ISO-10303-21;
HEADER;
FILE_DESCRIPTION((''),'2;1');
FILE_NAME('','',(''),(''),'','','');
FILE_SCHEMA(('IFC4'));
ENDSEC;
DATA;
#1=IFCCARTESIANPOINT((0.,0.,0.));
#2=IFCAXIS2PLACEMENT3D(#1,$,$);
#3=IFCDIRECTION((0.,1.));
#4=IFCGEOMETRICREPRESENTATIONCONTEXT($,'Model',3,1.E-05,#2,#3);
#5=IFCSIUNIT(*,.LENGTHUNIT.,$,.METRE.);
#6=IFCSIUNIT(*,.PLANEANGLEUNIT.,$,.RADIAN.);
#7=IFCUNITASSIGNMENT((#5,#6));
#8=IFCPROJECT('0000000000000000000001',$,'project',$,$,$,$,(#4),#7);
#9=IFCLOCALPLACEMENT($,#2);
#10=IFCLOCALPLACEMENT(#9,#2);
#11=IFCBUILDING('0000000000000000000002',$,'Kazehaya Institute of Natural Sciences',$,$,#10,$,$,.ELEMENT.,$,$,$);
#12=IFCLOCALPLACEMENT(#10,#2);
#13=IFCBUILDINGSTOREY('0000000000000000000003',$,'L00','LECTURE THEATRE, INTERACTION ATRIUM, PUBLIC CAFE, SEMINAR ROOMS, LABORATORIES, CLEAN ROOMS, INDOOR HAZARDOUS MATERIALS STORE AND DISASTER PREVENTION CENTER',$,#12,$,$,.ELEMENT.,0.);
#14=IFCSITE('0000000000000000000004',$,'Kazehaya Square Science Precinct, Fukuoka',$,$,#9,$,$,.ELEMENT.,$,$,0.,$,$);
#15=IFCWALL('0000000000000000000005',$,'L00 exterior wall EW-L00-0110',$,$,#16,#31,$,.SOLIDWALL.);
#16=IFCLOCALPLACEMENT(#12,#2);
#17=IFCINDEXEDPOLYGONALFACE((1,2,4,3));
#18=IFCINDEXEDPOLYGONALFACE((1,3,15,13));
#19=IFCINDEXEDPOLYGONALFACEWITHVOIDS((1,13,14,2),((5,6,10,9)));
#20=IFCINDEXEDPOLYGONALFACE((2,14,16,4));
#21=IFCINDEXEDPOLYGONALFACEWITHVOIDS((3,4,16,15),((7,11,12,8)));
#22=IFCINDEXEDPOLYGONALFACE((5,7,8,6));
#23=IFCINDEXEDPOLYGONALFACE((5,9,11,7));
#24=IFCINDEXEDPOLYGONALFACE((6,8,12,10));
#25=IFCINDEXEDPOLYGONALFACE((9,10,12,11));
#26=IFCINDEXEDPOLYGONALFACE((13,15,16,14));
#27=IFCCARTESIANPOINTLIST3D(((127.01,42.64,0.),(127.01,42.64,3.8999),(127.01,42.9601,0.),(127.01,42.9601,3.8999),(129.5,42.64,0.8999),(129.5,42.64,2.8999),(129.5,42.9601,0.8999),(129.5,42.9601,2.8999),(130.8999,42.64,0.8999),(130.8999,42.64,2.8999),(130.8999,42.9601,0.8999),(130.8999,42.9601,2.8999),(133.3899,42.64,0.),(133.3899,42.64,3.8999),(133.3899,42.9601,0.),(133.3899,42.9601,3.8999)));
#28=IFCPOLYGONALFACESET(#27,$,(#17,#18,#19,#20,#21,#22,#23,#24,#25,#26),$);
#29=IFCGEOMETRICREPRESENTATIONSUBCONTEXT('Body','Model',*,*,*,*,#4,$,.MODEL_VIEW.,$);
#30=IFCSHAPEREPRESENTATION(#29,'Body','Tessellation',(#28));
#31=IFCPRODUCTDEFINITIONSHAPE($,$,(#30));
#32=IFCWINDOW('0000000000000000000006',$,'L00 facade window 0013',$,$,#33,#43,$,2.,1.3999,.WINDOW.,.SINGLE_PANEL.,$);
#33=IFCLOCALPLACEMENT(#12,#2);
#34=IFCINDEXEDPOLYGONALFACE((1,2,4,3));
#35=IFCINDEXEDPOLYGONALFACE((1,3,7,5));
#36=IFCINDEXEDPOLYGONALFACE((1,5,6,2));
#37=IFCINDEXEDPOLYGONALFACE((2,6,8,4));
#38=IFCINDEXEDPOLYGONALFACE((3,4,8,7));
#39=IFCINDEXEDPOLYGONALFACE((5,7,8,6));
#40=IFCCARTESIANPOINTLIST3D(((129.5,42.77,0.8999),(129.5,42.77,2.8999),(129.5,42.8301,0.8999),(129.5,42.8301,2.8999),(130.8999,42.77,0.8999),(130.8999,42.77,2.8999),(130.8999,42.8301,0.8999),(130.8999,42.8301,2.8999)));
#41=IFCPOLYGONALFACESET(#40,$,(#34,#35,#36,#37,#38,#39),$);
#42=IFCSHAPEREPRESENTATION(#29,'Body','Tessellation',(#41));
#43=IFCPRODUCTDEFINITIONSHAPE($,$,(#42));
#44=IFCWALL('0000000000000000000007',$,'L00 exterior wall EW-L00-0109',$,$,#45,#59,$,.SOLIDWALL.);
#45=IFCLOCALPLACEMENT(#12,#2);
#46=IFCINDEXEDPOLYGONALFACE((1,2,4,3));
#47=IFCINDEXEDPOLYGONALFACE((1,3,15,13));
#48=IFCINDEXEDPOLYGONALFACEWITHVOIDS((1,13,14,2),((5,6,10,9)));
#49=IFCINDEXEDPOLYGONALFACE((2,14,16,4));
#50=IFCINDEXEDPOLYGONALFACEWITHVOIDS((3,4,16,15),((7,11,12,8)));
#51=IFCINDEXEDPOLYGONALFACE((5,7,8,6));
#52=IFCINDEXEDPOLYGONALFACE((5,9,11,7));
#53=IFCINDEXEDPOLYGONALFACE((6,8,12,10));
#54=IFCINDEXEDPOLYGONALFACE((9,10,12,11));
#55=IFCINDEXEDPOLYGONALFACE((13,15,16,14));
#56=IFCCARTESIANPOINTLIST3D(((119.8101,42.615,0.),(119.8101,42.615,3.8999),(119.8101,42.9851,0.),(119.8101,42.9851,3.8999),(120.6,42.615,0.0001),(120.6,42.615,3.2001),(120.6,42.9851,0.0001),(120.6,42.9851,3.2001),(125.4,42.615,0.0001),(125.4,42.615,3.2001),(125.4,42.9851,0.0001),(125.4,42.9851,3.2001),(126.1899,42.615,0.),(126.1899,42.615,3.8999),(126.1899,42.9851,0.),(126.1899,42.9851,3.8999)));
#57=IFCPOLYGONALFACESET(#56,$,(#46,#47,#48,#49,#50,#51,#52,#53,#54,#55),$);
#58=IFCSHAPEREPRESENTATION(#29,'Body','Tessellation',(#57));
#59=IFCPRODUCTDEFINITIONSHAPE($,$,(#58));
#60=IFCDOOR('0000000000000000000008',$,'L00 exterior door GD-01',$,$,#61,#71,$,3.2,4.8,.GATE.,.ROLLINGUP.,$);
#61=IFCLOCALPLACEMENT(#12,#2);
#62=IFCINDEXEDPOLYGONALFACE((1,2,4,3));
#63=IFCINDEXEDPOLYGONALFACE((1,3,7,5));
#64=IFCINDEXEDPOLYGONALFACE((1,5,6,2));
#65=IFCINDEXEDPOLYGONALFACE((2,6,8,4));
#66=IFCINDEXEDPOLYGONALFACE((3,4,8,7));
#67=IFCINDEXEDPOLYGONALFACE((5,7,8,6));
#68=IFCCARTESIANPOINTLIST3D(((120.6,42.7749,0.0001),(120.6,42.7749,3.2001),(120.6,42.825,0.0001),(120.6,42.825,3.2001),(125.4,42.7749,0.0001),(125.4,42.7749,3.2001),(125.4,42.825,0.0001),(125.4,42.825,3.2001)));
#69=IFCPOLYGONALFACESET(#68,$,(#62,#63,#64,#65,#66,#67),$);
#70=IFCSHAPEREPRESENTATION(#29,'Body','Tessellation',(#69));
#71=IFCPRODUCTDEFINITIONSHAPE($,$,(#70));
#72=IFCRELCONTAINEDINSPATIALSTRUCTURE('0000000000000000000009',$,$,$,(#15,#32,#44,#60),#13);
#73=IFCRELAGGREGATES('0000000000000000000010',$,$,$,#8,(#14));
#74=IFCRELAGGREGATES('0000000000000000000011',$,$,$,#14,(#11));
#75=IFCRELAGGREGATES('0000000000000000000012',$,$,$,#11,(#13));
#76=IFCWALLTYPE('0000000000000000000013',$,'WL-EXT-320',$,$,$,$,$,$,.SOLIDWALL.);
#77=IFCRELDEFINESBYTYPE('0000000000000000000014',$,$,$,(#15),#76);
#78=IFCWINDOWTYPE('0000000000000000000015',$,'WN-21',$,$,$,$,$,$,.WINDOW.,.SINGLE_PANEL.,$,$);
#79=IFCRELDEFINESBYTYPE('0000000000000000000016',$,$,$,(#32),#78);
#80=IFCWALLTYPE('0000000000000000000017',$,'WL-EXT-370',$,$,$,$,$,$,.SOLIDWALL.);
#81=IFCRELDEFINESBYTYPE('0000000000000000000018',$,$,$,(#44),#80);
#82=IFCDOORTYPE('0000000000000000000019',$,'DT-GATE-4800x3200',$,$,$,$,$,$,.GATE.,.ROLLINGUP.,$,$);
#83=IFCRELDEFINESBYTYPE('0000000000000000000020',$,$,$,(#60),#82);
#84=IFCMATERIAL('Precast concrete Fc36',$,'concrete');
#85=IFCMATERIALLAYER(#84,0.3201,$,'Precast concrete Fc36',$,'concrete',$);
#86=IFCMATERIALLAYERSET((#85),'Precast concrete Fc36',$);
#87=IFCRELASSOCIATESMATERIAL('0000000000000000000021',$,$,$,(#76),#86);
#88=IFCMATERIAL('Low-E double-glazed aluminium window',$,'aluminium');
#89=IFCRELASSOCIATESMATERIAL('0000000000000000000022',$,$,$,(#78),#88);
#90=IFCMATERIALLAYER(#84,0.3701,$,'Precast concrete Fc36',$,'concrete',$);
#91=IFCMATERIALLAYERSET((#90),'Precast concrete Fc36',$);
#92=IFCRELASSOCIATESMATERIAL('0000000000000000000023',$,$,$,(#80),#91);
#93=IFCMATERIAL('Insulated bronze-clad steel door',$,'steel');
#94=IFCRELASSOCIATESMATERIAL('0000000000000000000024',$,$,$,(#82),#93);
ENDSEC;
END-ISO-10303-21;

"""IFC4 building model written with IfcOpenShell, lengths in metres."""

from ifc_helpers import new_model, si_unit, direction, frame, frame_2d, origin, place, context, subcontext, project, spatial, rectangle, extrude, material, layer, layer_set, type_object, element, fill, save


model = new_model("IFC4")

# Units and contexts
model_context = context("Model", 3, precision=1e-05, world=origin(), true_north=direction((0.0, 1.0)))
body_context = subcontext(model_context, "Body", "Model", "MODEL_VIEW")
ifc_project = project(units=[si_unit("LENGTHUNIT", "METRE"), si_unit("PLANEANGLEUNIT", "RADIAN")], contexts=[model_context])

# Site, building, storey
site_placement = place(None, origin())
site = spatial("IfcSite", under=ifc_project, at=site_placement, Name="Kazehaya Square Science Precinct, Fukuoka", CompositionType="ELEMENT", RefElevation=0.0)
building_placement = place(site_placement, origin())
building = spatial("IfcBuilding", under=site, at=building_placement, Name="Kazehaya Institute of Natural Sciences", CompositionType="ELEMENT")
storey_placement = place(building_placement, origin())
storey = spatial("IfcBuildingStorey", under=building, at=storey_placement, Name="L00", Description="LECTURE THEATRE, INTERACTION ATRIUM, PUBLIC CAFE, SEMINAR ROOMS, LABORATORIES, CLEAN ROOMS, INDOOR HAZARDOUS MATERIALS STORE AND DISASTER PREVENTION CENTER", CompositionType="ELEMENT", Elevation=0.0)

# Wall, opening, window
ifc_material_1 = material(Name="Precast concrete Fc36", Category="concrete")
ifc_material_2 = material(Name="Low-E double-glazed aluminium window", Category="aluminium")
ifc_layer_1 = layer(ifc_material_1, 0.3201, Name="Precast concrete Fc36", Category="concrete")
ifc_layer_set_1 = layer_set([ifc_layer_1], Name="Precast concrete Fc36")
wall_type_1 = type_object("IfcWallType", Name="WL-EXT-320", PredefinedType="SOLIDWALL", material=ifc_layer_set_1)
wall_1_placement = place(storey_placement, frame((127.01, 42.8, 0.0), z_axis=(0.0, 0.0, 1.0), x_axis=(1.0, 0.0, 0.0)))
wall_1 = element("IfcWall", 1, at=wall_1_placement, inside=storey, type_object=wall_type_1, Name="L00 exterior wall EW-L00-0110", PredefinedType="SOLIDWALL", context=body_context, shape_type="SweptSolid", body=[
    extrude(rectangle(XDim=6.3799, YDim=0.3201, at=frame_2d((3.1899, 0.0))), origin(), (0.0, 0.0, 1.0), 3.8999),
])
opening_1_placement = place(wall_1_placement, frame((2.49, 0.0, 0.8999)))
opening_1 = element("IfcOpeningElement", 2, at=opening_1_placement, cuts=wall_1, PredefinedType="OPENING", context=body_context, shape_type="SweptSolid", body=[
    extrude(rectangle(XDim=1.3999, YDim=2.0, at=frame_2d((0.7, 1.0))), frame((0.0, 0.1699, 0.0), z_axis=(0.0, -1.0, 0.0), x_axis=(1.0, 0.0, 0.0)), (0.0, 0.0, 1.0), 0.3401),
])
window_type_1 = type_object("IfcWindowType", Name="WN-21", PartitioningType="SINGLE_PANEL", PredefinedType="WINDOW", material=ifc_material_2)
window_1_placement = place(opening_1_placement, origin())
window_1 = element("IfcWindow", 3, at=window_1_placement, inside=storey, type_object=window_type_1, Name="L00 facade window 0013", OverallHeight=2.0, OverallWidth=1.3999, PartitioningType="SINGLE_PANEL", PredefinedType="WINDOW", context=body_context, shape_type="SweptSolid", body=[
    extrude(rectangle(XDim=1.3999, YDim=2.0, at=frame_2d((0.7, 1.0))), frame((0.0, 0.03, 0.0), z_axis=(0.0, -1.0, 0.0), x_axis=(1.0, 0.0, 0.0)), (0.0, 0.0, 1.0), 0.0601),
])
fill(opening_1, window_1)

# Wall, opening, door
ifc_layer_2 = layer(ifc_material_1, 0.3701, Name="Precast concrete Fc36", Category="concrete")
ifc_layer_set_2 = layer_set([ifc_layer_2], Name="Precast concrete Fc36")
wall_type_2 = type_object("IfcWallType", Name="WL-EXT-370", PredefinedType="SOLIDWALL", material=ifc_layer_set_2)
wall_2_placement = place(storey_placement, frame((119.8101, 42.8, 0.0), z_axis=(0.0, 0.0, 1.0), x_axis=(1.0, 0.0, 0.0)))
wall_2 = element("IfcWall", 4, at=wall_2_placement, inside=storey, type_object=wall_type_2, Name="L00 exterior wall EW-L00-0109", PredefinedType="SOLIDWALL", context=body_context, shape_type="SweptSolid", body=[
    extrude(rectangle(XDim=6.3799, YDim=0.3701, at=frame_2d((3.1899, 0.0))), origin(), (0.0, 0.0, 1.0), 3.8999),
])
opening_2_placement = place(wall_2_placement, frame((0.79, 0.0, 0.0)))
opening_2 = element("IfcOpeningElement", 5, at=opening_2_placement, cuts=wall_2, PredefinedType="OPENING", context=body_context, shape_type="SweptSolid", body=[
    extrude(rectangle(XDim=4.8, YDim=3.2, at=frame_2d((2.3999, 1.6001))), frame((0.0, 0.1951, 0.0), z_axis=(0.0, -1.0, 0.0), x_axis=(1.0, 0.0, 0.0)), (0.0, 0.0, 1.0), 0.3901),
])
ifc_material_3 = material(Name="Insulated bronze-clad steel door", Category="steel")
door_type = type_object("IfcDoorType", Name="DT-GATE-4800x3200", OperationType="ROLLINGUP", PredefinedType="GATE", material=ifc_material_3)
door_placement = place(opening_2_placement, origin())
door = element("IfcDoor", 6, at=door_placement, inside=storey, type_object=door_type, Name="L00 exterior door GD-01", OperationType="ROLLINGUP", OverallHeight=3.2, OverallWidth=4.8, PredefinedType="GATE", context=body_context, shape_type="SweptSolid", body=[
    extrude(rectangle(XDim=4.8, YDim=3.2, at=frame_2d((2.3999, 1.6001))), frame((0.0, 0.0249, 0.0), z_axis=(0.0, -1.0, 0.0), x_axis=(1.0, 0.0, 0.0)), (0.0, 0.0, 1.0), 0.05),
])
fill(opening_2, door)

save(model, "model.ifc")
